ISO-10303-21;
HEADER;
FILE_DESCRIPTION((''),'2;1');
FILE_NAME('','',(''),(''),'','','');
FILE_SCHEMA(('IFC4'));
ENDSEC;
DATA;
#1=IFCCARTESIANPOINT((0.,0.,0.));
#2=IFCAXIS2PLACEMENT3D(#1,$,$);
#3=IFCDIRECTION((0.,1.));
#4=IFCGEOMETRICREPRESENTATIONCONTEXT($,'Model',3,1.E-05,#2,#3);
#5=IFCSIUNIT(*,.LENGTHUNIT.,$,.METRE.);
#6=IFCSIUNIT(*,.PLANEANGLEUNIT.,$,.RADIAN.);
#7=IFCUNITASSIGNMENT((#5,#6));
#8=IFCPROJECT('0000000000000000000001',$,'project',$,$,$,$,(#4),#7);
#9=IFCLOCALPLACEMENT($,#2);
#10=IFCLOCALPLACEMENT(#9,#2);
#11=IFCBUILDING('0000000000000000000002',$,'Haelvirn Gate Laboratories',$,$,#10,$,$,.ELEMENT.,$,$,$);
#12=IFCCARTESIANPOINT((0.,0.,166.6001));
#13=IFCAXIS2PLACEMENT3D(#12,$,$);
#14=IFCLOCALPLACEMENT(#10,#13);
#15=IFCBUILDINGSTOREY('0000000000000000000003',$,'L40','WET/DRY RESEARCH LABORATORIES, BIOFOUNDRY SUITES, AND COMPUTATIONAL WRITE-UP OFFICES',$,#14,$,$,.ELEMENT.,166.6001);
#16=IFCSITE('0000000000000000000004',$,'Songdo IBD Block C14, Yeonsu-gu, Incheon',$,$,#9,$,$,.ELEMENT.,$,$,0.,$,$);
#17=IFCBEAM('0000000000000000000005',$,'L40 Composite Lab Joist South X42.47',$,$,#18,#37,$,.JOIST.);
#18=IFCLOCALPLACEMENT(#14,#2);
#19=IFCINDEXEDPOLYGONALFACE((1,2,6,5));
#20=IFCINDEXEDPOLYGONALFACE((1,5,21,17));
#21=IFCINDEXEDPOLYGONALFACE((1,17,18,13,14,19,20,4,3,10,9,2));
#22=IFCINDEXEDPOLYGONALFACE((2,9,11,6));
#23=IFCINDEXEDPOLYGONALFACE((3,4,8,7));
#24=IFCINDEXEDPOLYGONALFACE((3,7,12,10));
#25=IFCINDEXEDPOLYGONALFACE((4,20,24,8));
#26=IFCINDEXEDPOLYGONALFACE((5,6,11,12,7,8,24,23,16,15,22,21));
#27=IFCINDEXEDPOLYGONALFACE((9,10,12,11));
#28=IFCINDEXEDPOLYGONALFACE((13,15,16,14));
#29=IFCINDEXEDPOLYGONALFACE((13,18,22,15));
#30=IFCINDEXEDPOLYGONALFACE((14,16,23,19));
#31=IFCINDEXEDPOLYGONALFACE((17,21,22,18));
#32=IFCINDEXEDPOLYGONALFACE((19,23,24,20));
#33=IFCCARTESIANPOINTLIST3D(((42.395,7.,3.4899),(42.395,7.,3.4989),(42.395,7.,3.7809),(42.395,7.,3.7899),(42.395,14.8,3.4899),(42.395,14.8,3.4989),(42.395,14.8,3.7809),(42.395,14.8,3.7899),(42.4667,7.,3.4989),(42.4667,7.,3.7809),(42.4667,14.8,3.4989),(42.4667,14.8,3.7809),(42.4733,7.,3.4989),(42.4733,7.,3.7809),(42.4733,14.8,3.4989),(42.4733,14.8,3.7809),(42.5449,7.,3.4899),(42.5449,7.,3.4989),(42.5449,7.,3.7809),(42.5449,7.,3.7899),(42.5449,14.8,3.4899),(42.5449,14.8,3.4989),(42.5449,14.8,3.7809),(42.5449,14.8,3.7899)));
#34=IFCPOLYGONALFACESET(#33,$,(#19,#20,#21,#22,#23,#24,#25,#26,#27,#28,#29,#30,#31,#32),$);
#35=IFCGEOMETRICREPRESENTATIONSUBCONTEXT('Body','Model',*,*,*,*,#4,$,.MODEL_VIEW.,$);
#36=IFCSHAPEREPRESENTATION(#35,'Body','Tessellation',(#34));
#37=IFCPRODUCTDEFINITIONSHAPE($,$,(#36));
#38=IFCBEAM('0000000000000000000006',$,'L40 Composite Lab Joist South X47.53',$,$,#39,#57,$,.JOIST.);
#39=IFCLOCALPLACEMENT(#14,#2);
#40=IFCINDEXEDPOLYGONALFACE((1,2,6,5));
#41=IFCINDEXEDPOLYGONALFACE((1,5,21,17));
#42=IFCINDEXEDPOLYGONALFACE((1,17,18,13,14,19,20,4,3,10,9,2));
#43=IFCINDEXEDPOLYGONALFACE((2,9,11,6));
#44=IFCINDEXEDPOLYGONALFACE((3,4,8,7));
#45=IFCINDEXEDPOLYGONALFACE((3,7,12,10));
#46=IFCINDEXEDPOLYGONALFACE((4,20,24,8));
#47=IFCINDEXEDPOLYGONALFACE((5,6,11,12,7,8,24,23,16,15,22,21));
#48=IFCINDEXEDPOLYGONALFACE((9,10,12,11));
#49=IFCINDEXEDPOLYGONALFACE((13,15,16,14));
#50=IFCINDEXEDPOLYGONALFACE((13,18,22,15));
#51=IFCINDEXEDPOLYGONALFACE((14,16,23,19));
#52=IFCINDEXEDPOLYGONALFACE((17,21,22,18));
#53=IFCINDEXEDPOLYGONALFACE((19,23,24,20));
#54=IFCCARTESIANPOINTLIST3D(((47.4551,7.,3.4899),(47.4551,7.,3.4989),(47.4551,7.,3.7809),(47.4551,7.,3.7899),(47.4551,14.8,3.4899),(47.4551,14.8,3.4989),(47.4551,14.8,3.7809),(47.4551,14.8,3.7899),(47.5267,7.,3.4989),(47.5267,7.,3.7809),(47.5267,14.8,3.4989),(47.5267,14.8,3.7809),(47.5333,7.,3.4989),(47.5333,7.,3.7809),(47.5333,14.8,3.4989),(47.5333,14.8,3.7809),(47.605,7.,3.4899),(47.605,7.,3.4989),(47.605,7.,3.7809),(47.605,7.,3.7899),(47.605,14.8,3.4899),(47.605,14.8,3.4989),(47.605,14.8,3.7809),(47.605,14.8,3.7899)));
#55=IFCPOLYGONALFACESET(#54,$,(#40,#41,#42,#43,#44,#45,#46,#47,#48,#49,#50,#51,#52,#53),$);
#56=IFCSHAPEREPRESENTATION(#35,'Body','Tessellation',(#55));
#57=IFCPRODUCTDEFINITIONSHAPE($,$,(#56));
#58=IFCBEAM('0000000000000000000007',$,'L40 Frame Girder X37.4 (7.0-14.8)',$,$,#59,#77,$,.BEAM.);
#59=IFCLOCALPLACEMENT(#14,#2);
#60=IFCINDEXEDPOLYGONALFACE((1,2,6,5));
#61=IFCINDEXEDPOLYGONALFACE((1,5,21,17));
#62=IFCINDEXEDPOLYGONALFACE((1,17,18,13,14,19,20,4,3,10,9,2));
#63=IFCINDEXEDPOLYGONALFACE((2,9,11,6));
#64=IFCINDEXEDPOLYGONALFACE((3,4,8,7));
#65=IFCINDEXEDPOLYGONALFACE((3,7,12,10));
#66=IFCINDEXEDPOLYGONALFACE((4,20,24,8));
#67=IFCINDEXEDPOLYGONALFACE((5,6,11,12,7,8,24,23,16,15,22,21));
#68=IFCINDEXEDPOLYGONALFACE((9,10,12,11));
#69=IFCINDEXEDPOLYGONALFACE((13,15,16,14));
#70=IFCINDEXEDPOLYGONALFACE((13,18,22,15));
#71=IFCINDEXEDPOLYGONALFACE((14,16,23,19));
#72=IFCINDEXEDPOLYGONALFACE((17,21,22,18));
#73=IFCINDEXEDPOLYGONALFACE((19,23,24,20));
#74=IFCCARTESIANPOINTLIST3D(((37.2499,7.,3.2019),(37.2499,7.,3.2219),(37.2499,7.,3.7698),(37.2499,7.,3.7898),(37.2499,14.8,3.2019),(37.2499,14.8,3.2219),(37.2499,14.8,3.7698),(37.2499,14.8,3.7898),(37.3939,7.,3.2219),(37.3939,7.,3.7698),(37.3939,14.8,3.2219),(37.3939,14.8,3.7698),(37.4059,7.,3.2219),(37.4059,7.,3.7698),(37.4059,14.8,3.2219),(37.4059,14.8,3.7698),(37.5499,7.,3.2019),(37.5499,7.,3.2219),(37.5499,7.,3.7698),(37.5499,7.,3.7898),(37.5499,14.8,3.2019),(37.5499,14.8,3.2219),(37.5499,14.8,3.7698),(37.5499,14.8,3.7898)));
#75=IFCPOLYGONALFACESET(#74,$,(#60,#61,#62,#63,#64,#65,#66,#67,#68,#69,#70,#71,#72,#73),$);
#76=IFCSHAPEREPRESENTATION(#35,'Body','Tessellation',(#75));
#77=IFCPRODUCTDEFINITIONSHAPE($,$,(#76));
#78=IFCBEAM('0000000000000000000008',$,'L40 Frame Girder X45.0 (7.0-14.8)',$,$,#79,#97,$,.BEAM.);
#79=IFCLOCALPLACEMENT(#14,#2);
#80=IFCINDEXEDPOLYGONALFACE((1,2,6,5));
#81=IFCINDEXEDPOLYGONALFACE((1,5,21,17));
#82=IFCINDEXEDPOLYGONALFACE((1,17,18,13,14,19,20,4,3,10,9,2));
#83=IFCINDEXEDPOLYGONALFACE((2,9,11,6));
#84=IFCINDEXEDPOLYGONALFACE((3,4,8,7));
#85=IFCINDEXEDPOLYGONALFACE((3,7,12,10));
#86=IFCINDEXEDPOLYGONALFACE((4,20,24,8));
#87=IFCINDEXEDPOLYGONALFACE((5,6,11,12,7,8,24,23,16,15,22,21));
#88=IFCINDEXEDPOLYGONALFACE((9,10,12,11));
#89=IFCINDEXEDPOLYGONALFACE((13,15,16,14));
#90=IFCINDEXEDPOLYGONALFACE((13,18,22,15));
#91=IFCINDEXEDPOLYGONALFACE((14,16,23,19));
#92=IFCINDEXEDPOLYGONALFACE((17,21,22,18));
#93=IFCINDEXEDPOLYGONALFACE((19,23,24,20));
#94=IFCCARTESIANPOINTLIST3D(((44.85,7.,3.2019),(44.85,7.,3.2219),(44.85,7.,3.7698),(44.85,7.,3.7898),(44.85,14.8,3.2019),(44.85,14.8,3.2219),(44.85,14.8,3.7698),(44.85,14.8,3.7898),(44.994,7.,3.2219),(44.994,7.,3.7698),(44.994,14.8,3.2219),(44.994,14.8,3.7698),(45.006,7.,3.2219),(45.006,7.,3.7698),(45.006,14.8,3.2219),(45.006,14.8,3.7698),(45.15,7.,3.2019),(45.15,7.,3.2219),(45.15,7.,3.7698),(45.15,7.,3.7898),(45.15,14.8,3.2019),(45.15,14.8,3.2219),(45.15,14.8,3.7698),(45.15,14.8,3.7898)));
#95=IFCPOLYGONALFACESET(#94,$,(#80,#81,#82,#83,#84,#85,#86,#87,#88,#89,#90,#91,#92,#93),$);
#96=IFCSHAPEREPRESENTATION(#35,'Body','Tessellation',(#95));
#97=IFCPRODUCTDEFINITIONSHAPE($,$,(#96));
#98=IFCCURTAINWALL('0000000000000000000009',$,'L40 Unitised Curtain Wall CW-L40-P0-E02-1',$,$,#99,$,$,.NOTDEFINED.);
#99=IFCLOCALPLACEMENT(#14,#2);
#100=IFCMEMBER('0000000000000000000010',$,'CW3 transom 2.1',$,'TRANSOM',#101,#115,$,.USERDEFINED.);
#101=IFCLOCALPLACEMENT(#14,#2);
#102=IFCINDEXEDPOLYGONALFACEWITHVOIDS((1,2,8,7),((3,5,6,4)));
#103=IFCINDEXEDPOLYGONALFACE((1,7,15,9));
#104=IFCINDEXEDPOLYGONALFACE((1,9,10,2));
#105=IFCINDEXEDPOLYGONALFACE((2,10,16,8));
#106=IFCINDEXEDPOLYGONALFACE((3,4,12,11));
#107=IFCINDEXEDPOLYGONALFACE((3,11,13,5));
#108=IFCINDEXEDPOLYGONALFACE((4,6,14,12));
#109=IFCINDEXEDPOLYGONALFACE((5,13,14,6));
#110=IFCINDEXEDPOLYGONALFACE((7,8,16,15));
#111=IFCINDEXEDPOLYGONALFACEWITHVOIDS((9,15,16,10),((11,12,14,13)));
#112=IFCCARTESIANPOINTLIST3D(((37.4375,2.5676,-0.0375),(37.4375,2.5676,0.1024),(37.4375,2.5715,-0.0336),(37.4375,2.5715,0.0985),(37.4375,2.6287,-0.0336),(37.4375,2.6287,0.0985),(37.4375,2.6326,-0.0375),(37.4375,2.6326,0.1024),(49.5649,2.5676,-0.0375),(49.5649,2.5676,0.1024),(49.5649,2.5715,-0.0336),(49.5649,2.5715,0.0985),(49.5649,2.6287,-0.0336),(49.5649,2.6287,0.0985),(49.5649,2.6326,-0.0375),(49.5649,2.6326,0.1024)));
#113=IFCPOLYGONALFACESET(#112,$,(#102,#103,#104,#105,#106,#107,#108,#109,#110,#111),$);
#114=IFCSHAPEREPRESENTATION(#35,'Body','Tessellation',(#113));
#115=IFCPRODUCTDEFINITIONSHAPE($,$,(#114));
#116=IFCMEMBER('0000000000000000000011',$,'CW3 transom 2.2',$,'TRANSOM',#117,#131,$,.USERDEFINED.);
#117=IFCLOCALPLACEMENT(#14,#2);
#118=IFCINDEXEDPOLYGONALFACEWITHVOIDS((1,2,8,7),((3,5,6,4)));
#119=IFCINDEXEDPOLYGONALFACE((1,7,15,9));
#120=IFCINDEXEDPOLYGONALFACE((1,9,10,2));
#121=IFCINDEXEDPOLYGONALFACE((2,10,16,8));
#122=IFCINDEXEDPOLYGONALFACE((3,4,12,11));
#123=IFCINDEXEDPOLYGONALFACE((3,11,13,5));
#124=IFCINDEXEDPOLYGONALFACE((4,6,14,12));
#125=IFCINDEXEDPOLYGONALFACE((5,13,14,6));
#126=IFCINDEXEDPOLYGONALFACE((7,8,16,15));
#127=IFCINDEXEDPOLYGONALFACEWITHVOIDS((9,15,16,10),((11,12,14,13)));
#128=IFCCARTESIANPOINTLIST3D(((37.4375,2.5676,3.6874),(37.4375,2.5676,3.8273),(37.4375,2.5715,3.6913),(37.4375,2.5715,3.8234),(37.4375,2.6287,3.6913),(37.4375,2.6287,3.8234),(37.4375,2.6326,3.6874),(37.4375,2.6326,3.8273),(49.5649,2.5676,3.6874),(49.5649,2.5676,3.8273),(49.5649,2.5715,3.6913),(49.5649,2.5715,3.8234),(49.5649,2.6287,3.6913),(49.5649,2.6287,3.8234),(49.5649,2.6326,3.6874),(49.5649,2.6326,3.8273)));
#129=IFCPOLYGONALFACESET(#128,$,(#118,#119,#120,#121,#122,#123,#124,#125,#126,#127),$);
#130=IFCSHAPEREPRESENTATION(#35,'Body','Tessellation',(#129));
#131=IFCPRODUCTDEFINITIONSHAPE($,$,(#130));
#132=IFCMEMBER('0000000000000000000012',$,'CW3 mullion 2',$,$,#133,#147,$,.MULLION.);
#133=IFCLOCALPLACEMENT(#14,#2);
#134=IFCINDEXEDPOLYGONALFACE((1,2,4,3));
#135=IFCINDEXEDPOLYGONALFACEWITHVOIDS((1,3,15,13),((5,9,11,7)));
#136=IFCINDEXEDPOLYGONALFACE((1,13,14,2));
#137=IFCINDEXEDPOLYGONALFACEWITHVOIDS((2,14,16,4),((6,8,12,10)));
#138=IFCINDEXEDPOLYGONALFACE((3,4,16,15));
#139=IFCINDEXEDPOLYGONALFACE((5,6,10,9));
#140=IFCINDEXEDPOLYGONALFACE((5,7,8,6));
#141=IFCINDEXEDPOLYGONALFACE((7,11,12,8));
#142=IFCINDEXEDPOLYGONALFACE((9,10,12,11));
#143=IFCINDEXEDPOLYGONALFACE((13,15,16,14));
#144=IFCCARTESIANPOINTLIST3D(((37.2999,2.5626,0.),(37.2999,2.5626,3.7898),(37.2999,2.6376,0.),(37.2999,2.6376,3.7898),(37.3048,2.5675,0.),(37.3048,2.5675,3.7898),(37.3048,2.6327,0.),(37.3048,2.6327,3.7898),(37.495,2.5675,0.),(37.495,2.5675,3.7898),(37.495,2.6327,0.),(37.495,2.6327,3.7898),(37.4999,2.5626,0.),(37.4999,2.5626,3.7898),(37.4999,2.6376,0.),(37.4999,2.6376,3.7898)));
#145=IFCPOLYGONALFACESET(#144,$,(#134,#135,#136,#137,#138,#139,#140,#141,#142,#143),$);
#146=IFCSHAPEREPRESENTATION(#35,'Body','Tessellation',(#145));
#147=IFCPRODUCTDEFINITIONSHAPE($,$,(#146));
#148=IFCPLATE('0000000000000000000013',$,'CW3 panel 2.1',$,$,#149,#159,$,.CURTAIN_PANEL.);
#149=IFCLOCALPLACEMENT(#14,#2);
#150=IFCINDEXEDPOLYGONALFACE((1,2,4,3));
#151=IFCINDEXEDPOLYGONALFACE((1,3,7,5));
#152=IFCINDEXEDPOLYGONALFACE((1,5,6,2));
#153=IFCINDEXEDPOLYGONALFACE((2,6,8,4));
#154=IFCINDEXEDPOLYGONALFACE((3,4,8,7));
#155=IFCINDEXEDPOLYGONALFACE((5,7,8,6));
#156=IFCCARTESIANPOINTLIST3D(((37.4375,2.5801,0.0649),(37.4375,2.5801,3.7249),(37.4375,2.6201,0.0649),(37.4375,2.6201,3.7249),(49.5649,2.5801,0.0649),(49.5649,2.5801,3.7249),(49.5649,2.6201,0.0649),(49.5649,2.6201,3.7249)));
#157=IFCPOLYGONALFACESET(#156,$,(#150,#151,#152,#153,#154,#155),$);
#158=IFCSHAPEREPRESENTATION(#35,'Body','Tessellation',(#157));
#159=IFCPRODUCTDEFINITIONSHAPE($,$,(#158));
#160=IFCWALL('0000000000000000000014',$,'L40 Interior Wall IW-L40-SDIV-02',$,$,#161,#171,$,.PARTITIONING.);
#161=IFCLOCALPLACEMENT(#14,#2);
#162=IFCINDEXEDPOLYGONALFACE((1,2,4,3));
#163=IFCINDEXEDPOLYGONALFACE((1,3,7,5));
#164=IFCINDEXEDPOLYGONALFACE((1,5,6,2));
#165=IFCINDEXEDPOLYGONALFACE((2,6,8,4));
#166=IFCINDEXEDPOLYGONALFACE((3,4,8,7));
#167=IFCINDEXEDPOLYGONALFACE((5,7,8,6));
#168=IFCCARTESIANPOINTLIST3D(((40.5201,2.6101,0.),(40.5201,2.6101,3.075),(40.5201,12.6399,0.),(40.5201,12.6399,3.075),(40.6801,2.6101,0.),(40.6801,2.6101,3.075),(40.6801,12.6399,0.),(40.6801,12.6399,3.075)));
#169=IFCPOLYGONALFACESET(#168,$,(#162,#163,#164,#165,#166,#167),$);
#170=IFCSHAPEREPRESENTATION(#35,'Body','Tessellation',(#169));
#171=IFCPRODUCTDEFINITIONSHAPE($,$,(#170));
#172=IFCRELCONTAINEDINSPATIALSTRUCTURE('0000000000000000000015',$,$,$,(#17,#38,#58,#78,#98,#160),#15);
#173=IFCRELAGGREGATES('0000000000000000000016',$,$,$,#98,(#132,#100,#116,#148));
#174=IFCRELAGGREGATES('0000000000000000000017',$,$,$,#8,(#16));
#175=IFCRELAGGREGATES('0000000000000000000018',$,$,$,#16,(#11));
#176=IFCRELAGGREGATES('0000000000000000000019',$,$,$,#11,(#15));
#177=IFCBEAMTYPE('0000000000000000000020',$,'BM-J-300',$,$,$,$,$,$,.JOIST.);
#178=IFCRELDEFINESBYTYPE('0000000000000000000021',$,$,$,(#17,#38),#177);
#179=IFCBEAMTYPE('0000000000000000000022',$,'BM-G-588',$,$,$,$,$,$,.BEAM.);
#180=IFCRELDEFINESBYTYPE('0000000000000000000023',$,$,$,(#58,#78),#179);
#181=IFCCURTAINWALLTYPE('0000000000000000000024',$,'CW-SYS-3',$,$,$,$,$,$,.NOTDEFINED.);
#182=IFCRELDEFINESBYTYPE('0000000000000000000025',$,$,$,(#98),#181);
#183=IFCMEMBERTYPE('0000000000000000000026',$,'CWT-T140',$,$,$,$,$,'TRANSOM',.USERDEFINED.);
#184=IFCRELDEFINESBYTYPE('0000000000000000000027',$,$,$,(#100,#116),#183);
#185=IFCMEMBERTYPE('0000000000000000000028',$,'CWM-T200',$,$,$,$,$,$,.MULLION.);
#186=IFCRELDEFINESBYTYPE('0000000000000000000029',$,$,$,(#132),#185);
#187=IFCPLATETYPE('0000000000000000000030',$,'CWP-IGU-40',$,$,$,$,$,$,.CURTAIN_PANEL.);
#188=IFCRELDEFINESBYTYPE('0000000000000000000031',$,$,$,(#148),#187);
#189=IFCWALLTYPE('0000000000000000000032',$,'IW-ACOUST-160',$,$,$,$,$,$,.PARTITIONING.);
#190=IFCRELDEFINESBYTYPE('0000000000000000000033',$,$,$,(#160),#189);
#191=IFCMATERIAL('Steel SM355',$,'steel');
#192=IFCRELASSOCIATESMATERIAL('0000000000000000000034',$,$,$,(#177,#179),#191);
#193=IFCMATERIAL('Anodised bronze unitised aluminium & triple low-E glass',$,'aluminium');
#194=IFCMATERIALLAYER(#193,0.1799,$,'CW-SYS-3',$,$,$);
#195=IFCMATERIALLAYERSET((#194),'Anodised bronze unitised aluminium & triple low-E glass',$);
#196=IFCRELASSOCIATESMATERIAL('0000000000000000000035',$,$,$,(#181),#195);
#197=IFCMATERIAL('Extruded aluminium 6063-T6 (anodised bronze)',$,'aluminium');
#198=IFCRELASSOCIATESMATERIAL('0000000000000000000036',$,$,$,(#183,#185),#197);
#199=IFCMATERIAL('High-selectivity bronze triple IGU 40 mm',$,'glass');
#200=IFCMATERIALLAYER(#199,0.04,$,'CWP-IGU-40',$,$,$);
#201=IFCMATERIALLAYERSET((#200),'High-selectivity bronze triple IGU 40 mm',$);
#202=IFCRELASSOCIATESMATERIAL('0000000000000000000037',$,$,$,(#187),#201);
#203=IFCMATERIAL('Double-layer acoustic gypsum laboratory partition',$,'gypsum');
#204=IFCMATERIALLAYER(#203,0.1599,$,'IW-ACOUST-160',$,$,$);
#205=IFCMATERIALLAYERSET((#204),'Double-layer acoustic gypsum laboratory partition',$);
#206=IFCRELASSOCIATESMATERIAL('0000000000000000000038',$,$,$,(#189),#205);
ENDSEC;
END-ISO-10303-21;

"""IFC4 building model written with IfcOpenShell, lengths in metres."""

from ifc_helpers import new_model, si_unit, direction, frame, frame_2d, origin, origin_2d, place, context, subcontext, project, spatial, rectangle, hollow_rectangle, i_section, extrude, source, transform, mapped, material, layer, layer_set, material_profile, profile_set, type_object, type_shapes, element, aggregate, save


model = new_model("IFC4")

# Units and contexts
model_context = context("Model", 3, precision=1e-05, world=origin(), true_north=direction((0.0, 1.0)))
body_context = subcontext(model_context, "Body", "Model", "MODEL_VIEW")
ifc_project = project(units=[si_unit("LENGTHUNIT", "METRE"), si_unit("PLANEANGLEUNIT", "RADIAN")], contexts=[model_context])

# Site, building, storey
site_placement = place(None, origin())
site = spatial("IfcSite", under=ifc_project, at=site_placement, Name="Songdo IBD Block C14, Yeonsu-gu, Incheon", CompositionType="ELEMENT", RefElevation=0.0)
building_placement = place(site_placement, origin())
building = spatial("IfcBuilding", under=site, at=building_placement, Name="Haelvirn Gate Laboratories", CompositionType="ELEMENT")
storey_placement = place(building_placement, frame((0.0, 0.0, 166.6001)))
storey = spatial("IfcBuildingStorey", under=building, at=storey_placement, Name="L40", Description="WET/DRY RESEARCH LABORATORIES, BIOFOUNDRY SUITES, AND COMPUTATIONAL WRITE-UP OFFICES", CompositionType="ELEMENT", Elevation=166.6001)

# Shared definitions
ifc_material_1 = material(Name="Steel SM355", Category="steel")

# Beams
ifc_material_profile_1 = material_profile(ifc_material_1, i_section(OverallWidth=0.1499, OverallDepth=0.3, WebThickness=0.0066, FlangeThickness=0.009, at=origin_2d()), Name="H-300x150x6.5x9")
ifc_profile_set_1 = profile_set([ifc_material_profile_1], Name="Steel SM355")
beam_type_1 = type_object("IfcBeamType", Name="BM-J-300", PredefinedType="JOIST", material=ifc_profile_set_1)
shared_shape_1 = source(origin(), body_context, "Body", "SweptSolid", [
    extrude(i_section(OverallWidth=0.1499, OverallDepth=0.3, WebThickness=0.0066, FlangeThickness=0.009, at=origin_2d()), origin(), (0.0, 0.0, 1.0), 7.8),
])
type_shapes(beam_type_1, [shared_shape_1])
for number, where, z_axis, x_axis, name in (
    (1, (42.47, 7.0, 3.6399), (0.0, 1.0, 0.0), (-1.0, 0.0, 0.0), "L40 Composite Lab Joist South X42.47"),
    (2, (47.53, 7.0, 3.6399), (0.0, 1.0, 0.0), (-1.0, 0.0, 0.0), "L40 Composite Lab Joist South X47.53"),
):
    element("IfcBeam", number, at=place(storey_placement, frame(where, z_axis=z_axis, x_axis=x_axis)), inside=storey, type_object=beam_type_1, Name=name, PredefinedType="JOIST", context=body_context, shape_type="MappedRepresentation", body=[
        mapped(shared_shape_1, transform((0.0, 0.0, 0.0), scale=1.0)),
    ])
ifc_material_profile_2 = material_profile(ifc_material_1, i_section(OverallWidth=0.3, OverallDepth=0.5879, WebThickness=0.012, FlangeThickness=0.02, at=origin_2d()), Name="H-588x300x12x20")
ifc_profile_set_2 = profile_set([ifc_material_profile_2], Name="Steel SM355")
beam_type_2 = type_object("IfcBeamType", Name="BM-G-588", PredefinedType="BEAM", material=ifc_profile_set_2)
shared_shape_2 = source(origin(), body_context, "Body", "SweptSolid", [
    extrude(i_section(OverallWidth=0.3, OverallDepth=0.5879, WebThickness=0.012, FlangeThickness=0.02, at=origin_2d()), origin(), (0.0, 0.0, 1.0), 7.8),
])
type_shapes(beam_type_2, [shared_shape_2])
for number, where, z_axis, x_axis, name in (
    (3, (37.3999, 7.0, 3.4958), (0.0, 1.0, 0.0), (-1.0, 0.0, 0.0), "L40 Frame Girder X37.4 (7.0-14.8)"),
    (4, (45.0, 7.0, 3.4958), (0.0, 1.0, 0.0), (-1.0, 0.0, 0.0), "L40 Frame Girder X45.0 (7.0-14.8)"),
):
    element("IfcBeam", number, at=place(storey_placement, frame(where, z_axis=z_axis, x_axis=x_axis)), inside=storey, type_object=beam_type_2, Name=name, PredefinedType="BEAM", context=body_context, shape_type="MappedRepresentation", body=[
        mapped(shared_shape_2, transform((0.0, 0.0, 0.0), scale=1.0)),
    ])

# Curtain wall, members, plate
ifc_material_2 = material(Name="Anodised bronze unitised aluminium & triple low-E glass", Category="aluminium")
ifc_layer_1 = layer(ifc_material_2, 0.1799, Name="CW-SYS-3")
ifc_layer_set_1 = layer_set([ifc_layer_1], Name="Anodised bronze unitised aluminium & triple low-E glass")
curtain_wall_type = type_object("IfcCurtainWallType", Name="CW-SYS-3", PredefinedType="NOTDEFINED", material=ifc_layer_set_1)
curtain_wall_placement = place(storey_placement, origin())
curtain_wall = element("IfcCurtainWall", 5, at=curtain_wall_placement, inside=storey, type_object=curtain_wall_type, Name="L40 Unitised Curtain Wall CW-L40-P0-E02-1", PredefinedType="NOTDEFINED")
ifc_material_3 = material(Name="Extruded aluminium 6063-T6 (anodised bronze)", Category="aluminium")
ifc_material_profile_3 = material_profile(ifc_material_3, hollow_rectangle(XDim=0.0649, YDim=0.1399, WallThickness=0.0039, at=origin_2d()), Name="CWT-140x65x4")
ifc_profile_set_3 = profile_set([ifc_material_profile_3], Name="Extruded aluminium 6063-T6 (anodised bronze)")
member_type_1 = type_object("IfcMemberType", Name="CWT-T140", ElementType="TRANSOM", PredefinedType="USERDEFINED", material=ifc_profile_set_3)
shared_shape_3 = source(origin(), body_context, "Body", "SweptSolid", [
    extrude(hollow_rectangle(XDim=0.0649, YDim=0.1399, WallThickness=0.0039, at=origin_2d()), origin(), (0.0, 0.0, 1.0), 12.1274),
])
type_shapes(member_type_1, [shared_shape_3])
member_1_placement = place(storey_placement, frame((37.4375, 2.6001, 0.0325), z_axis=(1.0, 0.0, 0.0), x_axis=(0.0, 1.0, 0.0)))
member_1 = element("IfcMember", 6, at=member_1_placement, type_object=member_type_1, Name="CW3 transom 2.1", ObjectType="TRANSOM", PredefinedType="USERDEFINED", context=body_context, shape_type="MappedRepresentation", body=[
    mapped(shared_shape_3, transform((0.0, 0.0, 0.0), scale=1.0)),
])
member_2_placement = place(storey_placement, frame((37.4375, 2.6001, 3.7573), z_axis=(1.0, 0.0, 0.0), x_axis=(0.0, 1.0, 0.0)))
member_2 = element("IfcMember", 7, at=member_2_placement, type_object=member_type_1, Name="CW3 transom 2.2", ObjectType="TRANSOM", PredefinedType="USERDEFINED", context=body_context, shape_type="MappedRepresentation", body=[
    mapped(shared_shape_3, transform((0.0, 0.0, 0.0), scale=1.0)),
])
ifc_material_profile_4 = material_profile(ifc_material_3, hollow_rectangle(XDim=0.075, YDim=0.2, WallThickness=0.0049, at=origin_2d()), Name="CWM-200x75x5")
ifc_profile_set_4 = profile_set([ifc_material_profile_4], Name="Extruded aluminium 6063-T6 (anodised bronze)")
member_type_2 = type_object("IfcMemberType", Name="CWM-T200", PredefinedType="MULLION", material=ifc_profile_set_4)
shared_shape_4 = source(origin(), body_context, "Body", "SweptSolid", [
    extrude(hollow_rectangle(XDim=0.075, YDim=0.2, WallThickness=0.0049, at=origin_2d()), origin(), (0.0, 0.0, 1.0), 3.7898),
])
type_shapes(member_type_2, [shared_shape_4])
member_3_placement = place(storey_placement, frame((37.3999, 2.6001, 0.0), z_axis=(0.0, 0.0, 1.0), x_axis=(0.0, 1.0, 0.0)))
member_3 = element("IfcMember", 8, at=member_3_placement, type_object=member_type_2, Name="CW3 mullion 2", PredefinedType="MULLION", context=body_context, shape_type="MappedRepresentation", body=[
    mapped(shared_shape_4, transform((0.0, 0.0, 0.0), scale=1.0)),
])
ifc_material_4 = material(Name="High-selectivity bronze triple IGU 40 mm", Category="glass")
ifc_layer_2 = layer(ifc_material_4, 0.04, Name="CWP-IGU-40")
ifc_layer_set_2 = layer_set([ifc_layer_2], Name="High-selectivity bronze triple IGU 40 mm")
plate_type = type_object("IfcPlateType", Name="CWP-IGU-40", PredefinedType="CURTAIN_PANEL", material=ifc_layer_set_2)
shared_shape_5 = source(origin(), body_context, "Body", "SweptSolid", [
    extrude(rectangle(XDim=12.1274, YDim=0.04, at=origin_2d()), origin(), (0.0, 0.0, 1.0), 3.6599),
])
type_shapes(plate_type, [shared_shape_5])
plate_placement = place(storey_placement, frame((43.5012, 2.6001, 0.0649), z_axis=(0.0, 0.0, 1.0), x_axis=(1.0, 0.0, 0.0)))
plate = element("IfcPlate", 9, at=plate_placement, type_object=plate_type, Name="CW3 panel 2.1", PredefinedType="CURTAIN_PANEL", context=body_context, shape_type="MappedRepresentation", body=[
    mapped(shared_shape_5, transform((0.0, 0.0, 0.0), scale=1.0)),
])
aggregate(curtain_wall, [member_3, member_1, member_2, plate])

# Wall
ifc_material_5 = material(Name="Double-layer acoustic gypsum laboratory partition", Category="gypsum")
ifc_layer_3 = layer(ifc_material_5, 0.1599, Name="IW-ACOUST-160")
ifc_layer_set_3 = layer_set([ifc_layer_3], Name="Double-layer acoustic gypsum laboratory partition")
wall_type_1 = type_object("IfcWallType", Name="IW-ACOUST-160", PredefinedType="PARTITIONING", material=ifc_layer_set_3)
wall_1_placement = place(storey_placement, frame((40.6001, 2.6101, 0.0), z_axis=(0.0, 0.0, 1.0), x_axis=(0.0, 1.0, 0.0)))
element("IfcWall", 10, at=wall_1_placement, inside=storey, type_object=wall_type_1, Name="L40 Interior Wall IW-L40-SDIV-02", PredefinedType="PARTITIONING", context=body_context, shape_type="SweptSolid", body=[
    extrude(rectangle(XDim=10.0298, YDim=0.1599, at=frame_2d((5.0149, 0.0))), origin(), (0.0, 0.0, 1.0), 3.075),
])

save(model, "model.ifc")
